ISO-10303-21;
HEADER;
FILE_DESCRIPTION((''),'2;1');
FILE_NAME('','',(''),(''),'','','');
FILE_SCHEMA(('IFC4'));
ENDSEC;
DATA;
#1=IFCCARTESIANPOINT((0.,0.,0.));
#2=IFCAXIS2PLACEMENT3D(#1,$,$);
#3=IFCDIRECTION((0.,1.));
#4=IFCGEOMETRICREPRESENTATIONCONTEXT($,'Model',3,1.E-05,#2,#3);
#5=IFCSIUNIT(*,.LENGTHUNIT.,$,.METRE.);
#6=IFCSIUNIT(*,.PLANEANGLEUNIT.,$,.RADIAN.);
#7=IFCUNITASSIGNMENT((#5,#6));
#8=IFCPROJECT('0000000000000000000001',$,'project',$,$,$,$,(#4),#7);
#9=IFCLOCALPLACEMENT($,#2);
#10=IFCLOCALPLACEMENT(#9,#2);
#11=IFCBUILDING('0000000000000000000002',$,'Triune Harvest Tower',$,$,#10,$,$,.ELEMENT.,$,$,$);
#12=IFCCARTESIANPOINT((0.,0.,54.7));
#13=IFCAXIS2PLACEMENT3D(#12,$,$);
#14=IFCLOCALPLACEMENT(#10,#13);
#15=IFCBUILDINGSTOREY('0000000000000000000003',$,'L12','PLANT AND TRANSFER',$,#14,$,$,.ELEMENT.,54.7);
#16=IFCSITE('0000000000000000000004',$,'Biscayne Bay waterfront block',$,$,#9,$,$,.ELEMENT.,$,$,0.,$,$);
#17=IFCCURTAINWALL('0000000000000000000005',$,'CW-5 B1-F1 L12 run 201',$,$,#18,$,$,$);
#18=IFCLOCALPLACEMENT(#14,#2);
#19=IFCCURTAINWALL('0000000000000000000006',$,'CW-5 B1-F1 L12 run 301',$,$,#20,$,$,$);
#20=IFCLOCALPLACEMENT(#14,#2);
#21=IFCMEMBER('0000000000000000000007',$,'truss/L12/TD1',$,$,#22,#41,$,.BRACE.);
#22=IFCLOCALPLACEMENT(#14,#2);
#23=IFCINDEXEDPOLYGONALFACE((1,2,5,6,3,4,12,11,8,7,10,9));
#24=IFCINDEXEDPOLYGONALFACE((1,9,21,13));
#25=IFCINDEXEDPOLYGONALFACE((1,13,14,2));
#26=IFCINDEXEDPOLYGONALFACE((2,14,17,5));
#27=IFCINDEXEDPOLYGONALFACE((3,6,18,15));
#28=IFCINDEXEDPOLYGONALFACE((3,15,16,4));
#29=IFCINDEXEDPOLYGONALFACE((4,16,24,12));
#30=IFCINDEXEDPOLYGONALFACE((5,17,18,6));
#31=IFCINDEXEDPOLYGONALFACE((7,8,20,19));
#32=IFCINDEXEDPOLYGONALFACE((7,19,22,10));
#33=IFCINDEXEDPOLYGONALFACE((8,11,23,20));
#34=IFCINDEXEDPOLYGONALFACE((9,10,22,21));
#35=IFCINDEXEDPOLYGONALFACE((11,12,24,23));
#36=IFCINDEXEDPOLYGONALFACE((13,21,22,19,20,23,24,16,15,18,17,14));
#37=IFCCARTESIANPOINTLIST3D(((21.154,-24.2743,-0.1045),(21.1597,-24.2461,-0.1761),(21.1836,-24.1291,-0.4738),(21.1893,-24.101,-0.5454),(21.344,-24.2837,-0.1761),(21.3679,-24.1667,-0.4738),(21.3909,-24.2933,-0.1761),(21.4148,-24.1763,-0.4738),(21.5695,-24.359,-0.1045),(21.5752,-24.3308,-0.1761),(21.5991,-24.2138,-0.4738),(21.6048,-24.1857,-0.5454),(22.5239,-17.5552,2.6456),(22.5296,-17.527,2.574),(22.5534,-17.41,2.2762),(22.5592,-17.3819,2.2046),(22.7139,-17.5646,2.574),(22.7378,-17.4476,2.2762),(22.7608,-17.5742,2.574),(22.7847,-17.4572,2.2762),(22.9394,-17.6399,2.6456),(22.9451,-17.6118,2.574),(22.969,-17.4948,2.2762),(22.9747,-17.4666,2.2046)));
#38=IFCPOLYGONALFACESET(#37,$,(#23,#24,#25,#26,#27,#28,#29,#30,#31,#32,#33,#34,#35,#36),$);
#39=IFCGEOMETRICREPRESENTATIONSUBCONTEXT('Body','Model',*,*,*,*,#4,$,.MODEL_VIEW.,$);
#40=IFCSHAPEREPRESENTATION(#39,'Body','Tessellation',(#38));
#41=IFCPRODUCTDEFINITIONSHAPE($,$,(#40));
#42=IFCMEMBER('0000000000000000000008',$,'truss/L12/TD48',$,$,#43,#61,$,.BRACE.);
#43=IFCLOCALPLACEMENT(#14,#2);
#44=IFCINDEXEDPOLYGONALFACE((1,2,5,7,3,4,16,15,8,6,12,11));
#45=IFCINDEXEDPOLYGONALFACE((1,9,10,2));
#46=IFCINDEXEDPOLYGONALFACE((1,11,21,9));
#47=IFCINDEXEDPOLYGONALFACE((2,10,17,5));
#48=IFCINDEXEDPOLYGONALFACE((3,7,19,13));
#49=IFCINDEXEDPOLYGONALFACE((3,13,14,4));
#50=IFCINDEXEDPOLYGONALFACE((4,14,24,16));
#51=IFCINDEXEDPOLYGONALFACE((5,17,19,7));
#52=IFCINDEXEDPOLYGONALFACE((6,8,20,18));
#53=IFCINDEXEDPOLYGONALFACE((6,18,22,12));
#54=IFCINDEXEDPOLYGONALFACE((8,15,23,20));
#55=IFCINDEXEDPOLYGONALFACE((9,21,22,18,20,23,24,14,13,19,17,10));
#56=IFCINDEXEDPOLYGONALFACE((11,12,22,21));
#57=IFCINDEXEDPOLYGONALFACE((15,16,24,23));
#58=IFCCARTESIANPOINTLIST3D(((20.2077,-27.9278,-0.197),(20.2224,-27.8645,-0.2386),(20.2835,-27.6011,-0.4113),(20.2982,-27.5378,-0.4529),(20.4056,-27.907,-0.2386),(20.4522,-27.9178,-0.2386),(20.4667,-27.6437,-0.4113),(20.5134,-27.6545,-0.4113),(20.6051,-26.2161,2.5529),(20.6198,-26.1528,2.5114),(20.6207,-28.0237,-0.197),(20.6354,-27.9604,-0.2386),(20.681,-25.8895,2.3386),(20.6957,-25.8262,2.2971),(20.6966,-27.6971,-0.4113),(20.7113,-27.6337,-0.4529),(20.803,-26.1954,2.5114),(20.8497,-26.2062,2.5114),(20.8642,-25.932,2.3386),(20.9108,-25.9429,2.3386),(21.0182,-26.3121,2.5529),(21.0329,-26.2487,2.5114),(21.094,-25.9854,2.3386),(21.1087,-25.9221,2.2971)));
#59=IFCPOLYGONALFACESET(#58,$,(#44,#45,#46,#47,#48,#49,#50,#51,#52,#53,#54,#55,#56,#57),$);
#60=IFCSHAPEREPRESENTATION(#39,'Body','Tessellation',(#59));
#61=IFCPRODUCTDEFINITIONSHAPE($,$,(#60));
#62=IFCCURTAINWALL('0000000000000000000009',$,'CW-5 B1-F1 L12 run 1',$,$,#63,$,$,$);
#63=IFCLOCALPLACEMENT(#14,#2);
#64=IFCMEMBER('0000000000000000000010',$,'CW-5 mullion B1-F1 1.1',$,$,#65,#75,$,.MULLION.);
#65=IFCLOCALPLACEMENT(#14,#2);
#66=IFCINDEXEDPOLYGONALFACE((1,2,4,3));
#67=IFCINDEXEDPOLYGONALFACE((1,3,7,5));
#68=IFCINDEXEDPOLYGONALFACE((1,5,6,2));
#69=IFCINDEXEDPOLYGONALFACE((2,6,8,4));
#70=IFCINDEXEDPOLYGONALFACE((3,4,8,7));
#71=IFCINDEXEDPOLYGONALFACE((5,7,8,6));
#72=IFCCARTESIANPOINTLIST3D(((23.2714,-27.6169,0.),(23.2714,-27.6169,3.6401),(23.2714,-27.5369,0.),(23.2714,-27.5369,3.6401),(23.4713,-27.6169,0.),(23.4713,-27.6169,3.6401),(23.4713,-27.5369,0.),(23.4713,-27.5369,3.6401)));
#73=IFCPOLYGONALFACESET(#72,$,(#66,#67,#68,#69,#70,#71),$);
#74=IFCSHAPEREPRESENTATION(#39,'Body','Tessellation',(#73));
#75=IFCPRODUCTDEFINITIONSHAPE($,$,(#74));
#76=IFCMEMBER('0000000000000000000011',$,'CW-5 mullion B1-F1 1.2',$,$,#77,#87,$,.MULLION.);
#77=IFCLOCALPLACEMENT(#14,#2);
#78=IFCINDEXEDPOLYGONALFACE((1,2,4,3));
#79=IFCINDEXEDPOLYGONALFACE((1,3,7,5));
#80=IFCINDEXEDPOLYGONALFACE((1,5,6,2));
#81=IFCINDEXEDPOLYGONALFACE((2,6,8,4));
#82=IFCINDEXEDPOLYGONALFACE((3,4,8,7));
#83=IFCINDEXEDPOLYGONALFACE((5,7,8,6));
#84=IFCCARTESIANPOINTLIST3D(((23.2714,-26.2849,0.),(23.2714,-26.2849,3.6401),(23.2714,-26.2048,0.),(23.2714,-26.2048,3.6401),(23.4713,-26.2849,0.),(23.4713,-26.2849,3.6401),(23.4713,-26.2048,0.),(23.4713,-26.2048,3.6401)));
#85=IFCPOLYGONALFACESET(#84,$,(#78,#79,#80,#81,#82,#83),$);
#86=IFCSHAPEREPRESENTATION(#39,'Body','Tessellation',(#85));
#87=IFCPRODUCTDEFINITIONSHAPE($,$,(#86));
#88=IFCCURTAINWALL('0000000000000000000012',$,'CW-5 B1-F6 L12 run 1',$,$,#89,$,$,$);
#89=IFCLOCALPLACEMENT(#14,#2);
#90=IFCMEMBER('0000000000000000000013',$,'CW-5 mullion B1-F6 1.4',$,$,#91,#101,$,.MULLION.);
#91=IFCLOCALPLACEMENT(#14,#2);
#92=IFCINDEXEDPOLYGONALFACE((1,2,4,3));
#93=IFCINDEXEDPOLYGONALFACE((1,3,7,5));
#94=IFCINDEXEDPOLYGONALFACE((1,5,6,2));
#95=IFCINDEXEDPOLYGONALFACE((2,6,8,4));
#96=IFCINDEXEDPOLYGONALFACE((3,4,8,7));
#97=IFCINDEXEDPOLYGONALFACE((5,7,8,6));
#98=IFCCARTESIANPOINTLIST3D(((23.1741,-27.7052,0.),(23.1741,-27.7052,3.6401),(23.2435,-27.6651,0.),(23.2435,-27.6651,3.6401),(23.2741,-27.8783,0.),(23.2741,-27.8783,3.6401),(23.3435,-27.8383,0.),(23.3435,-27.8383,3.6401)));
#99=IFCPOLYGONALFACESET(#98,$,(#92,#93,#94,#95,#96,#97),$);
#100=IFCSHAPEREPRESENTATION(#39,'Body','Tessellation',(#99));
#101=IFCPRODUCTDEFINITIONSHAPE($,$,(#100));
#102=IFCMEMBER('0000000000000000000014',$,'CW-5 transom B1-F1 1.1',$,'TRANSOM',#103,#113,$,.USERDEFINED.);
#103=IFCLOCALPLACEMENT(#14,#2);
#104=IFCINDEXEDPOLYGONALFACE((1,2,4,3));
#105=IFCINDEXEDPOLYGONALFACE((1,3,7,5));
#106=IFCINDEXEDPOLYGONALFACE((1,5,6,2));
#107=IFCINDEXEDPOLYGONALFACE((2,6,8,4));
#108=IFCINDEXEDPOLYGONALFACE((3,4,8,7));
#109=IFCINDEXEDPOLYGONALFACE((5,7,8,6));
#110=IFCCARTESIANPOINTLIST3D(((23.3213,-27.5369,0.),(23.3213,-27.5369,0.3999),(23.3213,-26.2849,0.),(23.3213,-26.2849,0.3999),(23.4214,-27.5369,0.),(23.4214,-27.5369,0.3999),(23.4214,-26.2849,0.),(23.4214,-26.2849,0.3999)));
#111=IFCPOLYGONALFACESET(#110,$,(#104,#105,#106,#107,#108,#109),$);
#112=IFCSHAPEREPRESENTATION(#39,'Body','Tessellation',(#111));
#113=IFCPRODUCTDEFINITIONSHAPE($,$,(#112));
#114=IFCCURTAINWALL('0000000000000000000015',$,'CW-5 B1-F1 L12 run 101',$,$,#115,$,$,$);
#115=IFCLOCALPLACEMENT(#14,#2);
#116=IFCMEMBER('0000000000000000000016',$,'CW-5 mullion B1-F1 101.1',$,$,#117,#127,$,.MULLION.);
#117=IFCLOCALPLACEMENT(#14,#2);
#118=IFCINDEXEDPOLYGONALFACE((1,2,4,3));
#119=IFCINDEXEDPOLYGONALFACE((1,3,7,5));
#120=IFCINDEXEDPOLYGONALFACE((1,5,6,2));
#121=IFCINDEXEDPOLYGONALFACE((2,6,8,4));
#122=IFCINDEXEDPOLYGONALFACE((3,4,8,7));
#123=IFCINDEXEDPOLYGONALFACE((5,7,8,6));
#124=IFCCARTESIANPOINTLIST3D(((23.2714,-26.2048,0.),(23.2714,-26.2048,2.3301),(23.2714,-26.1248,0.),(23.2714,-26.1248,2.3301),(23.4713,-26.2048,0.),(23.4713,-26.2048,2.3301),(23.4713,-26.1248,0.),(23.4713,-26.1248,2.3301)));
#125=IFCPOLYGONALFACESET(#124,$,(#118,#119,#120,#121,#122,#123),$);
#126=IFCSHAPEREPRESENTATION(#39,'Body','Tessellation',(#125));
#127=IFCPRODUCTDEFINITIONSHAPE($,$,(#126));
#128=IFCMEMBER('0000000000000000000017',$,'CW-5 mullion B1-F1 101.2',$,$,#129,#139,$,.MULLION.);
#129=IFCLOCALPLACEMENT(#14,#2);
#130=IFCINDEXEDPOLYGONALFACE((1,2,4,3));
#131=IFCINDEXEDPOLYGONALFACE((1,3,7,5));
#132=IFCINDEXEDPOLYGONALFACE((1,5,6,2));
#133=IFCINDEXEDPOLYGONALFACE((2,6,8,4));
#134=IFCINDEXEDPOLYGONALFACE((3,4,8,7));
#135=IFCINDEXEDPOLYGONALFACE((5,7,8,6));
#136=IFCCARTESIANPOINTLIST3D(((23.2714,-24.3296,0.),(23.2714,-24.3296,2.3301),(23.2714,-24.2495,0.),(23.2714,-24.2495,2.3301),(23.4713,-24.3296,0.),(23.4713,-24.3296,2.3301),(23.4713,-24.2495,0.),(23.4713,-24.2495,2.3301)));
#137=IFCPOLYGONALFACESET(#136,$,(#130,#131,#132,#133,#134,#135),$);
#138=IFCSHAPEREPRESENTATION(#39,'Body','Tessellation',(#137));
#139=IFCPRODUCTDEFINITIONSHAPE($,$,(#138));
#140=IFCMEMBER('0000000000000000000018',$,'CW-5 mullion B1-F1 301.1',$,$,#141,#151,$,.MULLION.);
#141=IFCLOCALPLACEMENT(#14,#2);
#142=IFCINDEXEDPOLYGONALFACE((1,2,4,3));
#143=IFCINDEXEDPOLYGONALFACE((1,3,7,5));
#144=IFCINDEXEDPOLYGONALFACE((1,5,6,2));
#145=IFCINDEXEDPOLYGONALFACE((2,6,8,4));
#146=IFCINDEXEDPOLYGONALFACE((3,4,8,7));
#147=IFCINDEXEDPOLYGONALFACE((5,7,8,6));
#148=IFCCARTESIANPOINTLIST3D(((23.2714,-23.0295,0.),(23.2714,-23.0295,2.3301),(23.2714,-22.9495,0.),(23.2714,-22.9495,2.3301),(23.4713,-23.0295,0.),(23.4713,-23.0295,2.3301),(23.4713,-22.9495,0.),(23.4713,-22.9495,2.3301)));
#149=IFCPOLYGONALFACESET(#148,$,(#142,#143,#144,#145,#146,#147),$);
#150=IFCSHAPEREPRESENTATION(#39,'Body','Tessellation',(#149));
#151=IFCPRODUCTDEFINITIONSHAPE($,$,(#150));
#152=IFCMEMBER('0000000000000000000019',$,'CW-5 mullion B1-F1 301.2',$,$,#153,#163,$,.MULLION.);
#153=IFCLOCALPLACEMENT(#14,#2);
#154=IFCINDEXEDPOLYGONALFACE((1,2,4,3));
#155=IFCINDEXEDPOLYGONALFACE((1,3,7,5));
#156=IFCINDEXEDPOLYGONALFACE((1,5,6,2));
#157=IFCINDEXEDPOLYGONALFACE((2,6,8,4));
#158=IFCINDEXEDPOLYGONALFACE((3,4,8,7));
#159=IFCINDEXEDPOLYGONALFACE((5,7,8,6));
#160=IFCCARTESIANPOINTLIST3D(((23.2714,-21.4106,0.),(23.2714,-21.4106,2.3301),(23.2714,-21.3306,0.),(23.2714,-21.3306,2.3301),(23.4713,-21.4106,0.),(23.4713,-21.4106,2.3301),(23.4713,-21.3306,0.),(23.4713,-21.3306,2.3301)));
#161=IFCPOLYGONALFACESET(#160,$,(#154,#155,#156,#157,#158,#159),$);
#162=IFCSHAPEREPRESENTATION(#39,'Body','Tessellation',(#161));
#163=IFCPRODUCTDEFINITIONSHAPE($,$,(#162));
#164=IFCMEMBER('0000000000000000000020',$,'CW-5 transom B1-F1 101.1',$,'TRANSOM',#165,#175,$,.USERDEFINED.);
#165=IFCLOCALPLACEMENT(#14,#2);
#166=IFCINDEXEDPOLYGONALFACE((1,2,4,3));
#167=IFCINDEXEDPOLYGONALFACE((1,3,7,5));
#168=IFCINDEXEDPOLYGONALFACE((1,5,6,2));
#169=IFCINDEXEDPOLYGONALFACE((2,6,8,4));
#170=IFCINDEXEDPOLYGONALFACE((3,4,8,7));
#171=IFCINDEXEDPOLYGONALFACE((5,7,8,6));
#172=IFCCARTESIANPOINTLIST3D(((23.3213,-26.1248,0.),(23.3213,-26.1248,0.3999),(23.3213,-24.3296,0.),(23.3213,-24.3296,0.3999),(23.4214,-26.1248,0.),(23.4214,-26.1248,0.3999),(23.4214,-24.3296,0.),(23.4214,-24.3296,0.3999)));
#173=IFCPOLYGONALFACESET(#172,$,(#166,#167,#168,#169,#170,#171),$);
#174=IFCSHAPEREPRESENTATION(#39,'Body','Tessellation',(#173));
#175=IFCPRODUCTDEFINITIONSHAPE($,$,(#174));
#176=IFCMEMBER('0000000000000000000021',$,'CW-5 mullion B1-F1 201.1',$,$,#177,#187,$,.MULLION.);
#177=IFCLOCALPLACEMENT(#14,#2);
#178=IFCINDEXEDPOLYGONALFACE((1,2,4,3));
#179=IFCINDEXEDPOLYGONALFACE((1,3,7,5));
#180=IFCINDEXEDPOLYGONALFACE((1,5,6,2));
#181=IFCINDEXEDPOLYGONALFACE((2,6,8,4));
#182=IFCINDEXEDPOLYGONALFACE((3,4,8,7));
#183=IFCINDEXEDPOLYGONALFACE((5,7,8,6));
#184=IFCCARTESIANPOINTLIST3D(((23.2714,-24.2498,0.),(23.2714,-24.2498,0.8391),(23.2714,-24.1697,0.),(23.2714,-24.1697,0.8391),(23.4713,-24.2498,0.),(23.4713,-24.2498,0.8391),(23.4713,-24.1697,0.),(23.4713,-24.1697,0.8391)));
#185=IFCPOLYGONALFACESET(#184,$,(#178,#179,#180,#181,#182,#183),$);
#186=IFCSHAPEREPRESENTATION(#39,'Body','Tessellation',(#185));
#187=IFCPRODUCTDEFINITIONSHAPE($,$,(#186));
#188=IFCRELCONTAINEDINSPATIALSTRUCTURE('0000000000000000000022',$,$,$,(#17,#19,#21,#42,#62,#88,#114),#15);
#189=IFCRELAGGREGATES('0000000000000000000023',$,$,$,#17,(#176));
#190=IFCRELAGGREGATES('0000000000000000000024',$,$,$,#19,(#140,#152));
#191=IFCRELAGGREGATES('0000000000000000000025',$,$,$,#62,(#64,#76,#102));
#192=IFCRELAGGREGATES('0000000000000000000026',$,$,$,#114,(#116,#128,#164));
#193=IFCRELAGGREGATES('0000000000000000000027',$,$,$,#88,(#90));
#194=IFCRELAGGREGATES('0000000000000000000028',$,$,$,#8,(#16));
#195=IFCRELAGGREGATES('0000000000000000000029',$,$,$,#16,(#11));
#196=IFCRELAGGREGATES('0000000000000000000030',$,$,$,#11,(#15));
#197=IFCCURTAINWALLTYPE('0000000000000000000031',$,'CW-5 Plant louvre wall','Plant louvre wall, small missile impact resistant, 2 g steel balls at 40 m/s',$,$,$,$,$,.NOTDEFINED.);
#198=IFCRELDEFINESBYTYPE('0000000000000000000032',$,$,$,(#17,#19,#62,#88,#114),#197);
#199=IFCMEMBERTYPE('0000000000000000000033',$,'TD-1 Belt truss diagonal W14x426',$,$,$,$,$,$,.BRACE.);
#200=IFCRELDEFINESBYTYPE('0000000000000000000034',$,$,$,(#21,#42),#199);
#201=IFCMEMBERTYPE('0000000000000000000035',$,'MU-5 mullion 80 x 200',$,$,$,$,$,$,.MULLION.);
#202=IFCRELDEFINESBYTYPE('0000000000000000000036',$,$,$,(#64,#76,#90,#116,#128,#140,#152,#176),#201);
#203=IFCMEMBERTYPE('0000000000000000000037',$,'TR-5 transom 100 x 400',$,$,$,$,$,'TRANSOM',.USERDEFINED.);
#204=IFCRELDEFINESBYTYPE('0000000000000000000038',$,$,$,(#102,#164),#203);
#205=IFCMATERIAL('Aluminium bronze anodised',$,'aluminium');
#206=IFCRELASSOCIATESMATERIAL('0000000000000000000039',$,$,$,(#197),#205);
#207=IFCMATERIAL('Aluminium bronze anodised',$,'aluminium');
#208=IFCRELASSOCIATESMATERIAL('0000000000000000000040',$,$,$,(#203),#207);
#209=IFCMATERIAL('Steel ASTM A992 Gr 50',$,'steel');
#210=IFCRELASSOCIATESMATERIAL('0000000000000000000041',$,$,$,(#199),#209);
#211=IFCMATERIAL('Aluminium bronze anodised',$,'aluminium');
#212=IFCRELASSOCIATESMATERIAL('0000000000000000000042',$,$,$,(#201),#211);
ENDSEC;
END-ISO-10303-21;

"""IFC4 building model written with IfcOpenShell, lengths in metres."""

from ifc_helpers import new_model, si_unit, direction, frame, origin, origin_2d, place, context, subcontext, project, spatial, rectangle, i_section, extrude, source, transform, mapped, material, material_profile, profile_set, type_object, element, aggregate, save


model = new_model("IFC4")

# Units and contexts
model_context = context("Model", 3, precision=1e-05, world=origin(), true_north=direction((0.0, 1.0)))
body_context = subcontext(model_context, "Body", "Model", "MODEL_VIEW")
ifc_project = project(units=[si_unit("LENGTHUNIT", "METRE"), si_unit("PLANEANGLEUNIT", "RADIAN")], contexts=[model_context])

# Site, building, storey
site_placement = place(None, origin())
site = spatial("IfcSite", under=ifc_project, at=site_placement, Name="Biscayne Bay waterfront block", CompositionType="ELEMENT", RefElevation=0.0)
building_placement = place(site_placement, origin())
building = spatial("IfcBuilding", under=site, at=building_placement, Name="Triune Harvest Tower", CompositionType="ELEMENT")
storey_placement = place(building_placement, frame((0.0, 0.0, 54.7)))
storey = spatial("IfcBuildingStorey", under=building, at=storey_placement, Name="L12", Description="PLANT AND TRANSFER", CompositionType="ELEMENT", Elevation=54.7)

# Curtain walls
ifc_material_1 = material(Name="Aluminium bronze anodised", Category="aluminium")
curtain_wall_type = type_object("IfcCurtainWallType", Name="CW-5 Plant louvre wall", Description="Plant louvre wall, small missile impact resistant, 2 g steel balls at 40 m/s", PredefinedType="NOTDEFINED", material=ifc_material_1)
curtain_wall_1_placement = place(storey_placement, origin())
curtain_wall_1 = element("IfcCurtainWall", 1, at=curtain_wall_1_placement, inside=storey, type_object=curtain_wall_type, Name="CW-5 B1-F1 L12 run 201")
ifc_material_2 = material(Name="Aluminium bronze anodised", Category="aluminium")
ifc_material_profile_1 = material_profile(ifc_material_2, rectangle(XDim=0.1001, YDim=0.3999, at=origin_2d()), Name="TR-5 transom 100 x 400")
ifc_profile_set_1 = profile_set([ifc_material_profile_1], Name="Aluminium bronze anodised")
member_type_1 = type_object("IfcMemberType", Name="TR-5 transom 100 x 400", ElementType="TRANSOM", PredefinedType="USERDEFINED", material=ifc_profile_set_1)
curtain_wall_2_placement = place(storey_placement, origin())
curtain_wall_2 = element("IfcCurtainWall", 2, at=curtain_wall_2_placement, inside=storey, type_object=curtain_wall_type, Name="CW-5 B1-F1 L12 run 301")

# Members
ifc_material_3 = material(Name="Steel ASTM A992 Gr 50", Category="steel")
ifc_material_profile_2 = material_profile(ifc_material_3, i_section(OverallWidth=0.4241, OverallDepth=0.4751, WebThickness=0.0479, FlangeThickness=0.0771, at=origin_2d()), Name="W14x426")
ifc_profile_set_2 = profile_set([ifc_material_profile_2], Name="Steel ASTM A992 Gr 50")
member_type_2 = type_object("IfcMemberType", Name="TD-1 Belt truss diagonal W14x426", PredefinedType="BRACE", material=ifc_profile_set_2)
shared_shape_1 = source(origin(), body_context, "Body", "SweptSolid", [
    extrude(i_section(OverallWidth=0.4241, OverallDepth=0.4751, WebThickness=0.0479, FlangeThickness=0.0771, at=origin_2d()), origin(), (0.0, 0.0, 1.0), 7.3882),
])
member_1_placement = place(storey_placement, frame((21.3794, -24.23, -0.325), z_axis=(0.185416, 0.909435, 0.37222), x_axis=(-0.979843, 0.199771, 0.0)))
element("IfcMember", 3, at=member_1_placement, inside=storey, type_object=member_type_2, Name="truss/L12/TD1", PredefinedType="BRACE", context=body_context, shape_type="MappedRepresentation", body=[
    mapped(shared_shape_1, transform((0.0, 0.0, 0.0), scale=1.0)),
])
shared_shape_2 = source(origin(), body_context, "Body", "SweptSolid", [
    extrude(i_section(OverallWidth=0.4241, OverallDepth=0.4751, WebThickness=0.0479, FlangeThickness=0.0771, at=origin_2d()), origin(), (0.0, 0.0, 1.0), 3.2634),
])
member_2_placement = place(storey_placement, frame((20.4595, -27.7808, -0.325), z_axis=(0.121791, 0.524493, 0.842659), x_axis=(-0.974084, 0.226189, 0.0)))
element("IfcMember", 4, at=member_2_placement, inside=storey, type_object=member_type_2, Name="truss/L12/TD48", PredefinedType="BRACE", context=body_context, shape_type="MappedRepresentation", body=[
    mapped(shared_shape_2, transform((0.0, 0.0, 0.0), scale=1.0)),
])

# Curtain wall, members
curtain_wall_3_placement = place(storey_placement, origin())
curtain_wall_3 = element("IfcCurtainWall", 5, at=curtain_wall_3_placement, inside=storey, type_object=curtain_wall_type, Name="CW-5 B1-F1 L12 run 1")
ifc_material_4 = material(Name="Aluminium bronze anodised", Category="aluminium")
ifc_material_profile_3 = material_profile(ifc_material_4, rectangle(XDim=0.2, YDim=0.0801, at=origin_2d()), Name="MU-5 mullion 80 x 200")
ifc_profile_set_3 = profile_set([ifc_material_profile_3], Name="Aluminium bronze anodised")
member_type_3 = type_object("IfcMemberType", Name="MU-5 mullion 80 x 200", PredefinedType="MULLION", material=ifc_profile_set_3)
shared_shape_3 = source(origin(), body_context, "Body", "SweptSolid", [
    extrude(rectangle(XDim=0.2, YDim=0.0801, at=origin_2d()), origin(), (0.0, 0.0, 1.0), 3.6401),
])
member_3_placement = place(storey_placement, frame((23.3713, -27.5769, 0.0), z_axis=(0.0, 0.0, 1.0), x_axis=(-1.0, 0.0, 0.0)))
member_3 = element("IfcMember", 6, at=member_3_placement, type_object=member_type_3, Name="CW-5 mullion B1-F1 1.1", PredefinedType="MULLION", context=body_context, shape_type="MappedRepresentation", body=[
    mapped(shared_shape_3, transform((0.0, 0.0, 0.0), scale=1.0)),
])
member_4_placement = place(storey_placement, frame((23.3713, -26.2449, 0.0), z_axis=(0.0, 0.0, 1.0), x_axis=(-1.0, 0.0, 0.0)))
member_4 = element("IfcMember", 7, at=member_4_placement, type_object=member_type_3, Name="CW-5 mullion B1-F1 1.2", PredefinedType="MULLION", context=body_context, shape_type="MappedRepresentation", body=[
    mapped(shared_shape_3, transform((0.0, 0.0, 0.0), scale=1.0)),
])

# Curtain wall, member
curtain_wall_4_placement = place(storey_placement, origin())
curtain_wall_4 = element("IfcCurtainWall", 8, at=curtain_wall_4_placement, inside=storey, type_object=curtain_wall_type, Name="CW-5 B1-F6 L12 run 1")
member_5_placement = place(storey_placement, frame((23.2588, -27.7717, 0.0), z_axis=(0.0, 0.0, 1.0), x_axis=(-0.499999, 0.866026, 0.0)))
member_5 = element("IfcMember", 9, at=member_5_placement, type_object=member_type_3, Name="CW-5 mullion B1-F6 1.4", PredefinedType="MULLION", context=body_context, shape_type="MappedRepresentation", body=[
    mapped(shared_shape_3, transform((0.0, 0.0, 0.0), scale=1.0)),
])

# Member
shared_shape_4 = source(origin(), body_context, "Body", "SweptSolid", [
    extrude(rectangle(XDim=0.1001, YDim=0.3999, at=origin_2d()), origin(), (0.0, 0.0, 1.0), 1.252),
])
member_6_placement = place(storey_placement, frame((23.3713, -27.5369, 0.2), z_axis=(0.0, 1.0, 0.0), x_axis=(-1.0, 0.0, 0.0)))
member_6 = element("IfcMember", 10, at=member_6_placement, type_object=member_type_1, Name="CW-5 transom B1-F1 1.1", ObjectType="TRANSOM", PredefinedType="USERDEFINED", context=body_context, shape_type="MappedRepresentation", body=[
    mapped(shared_shape_4, transform((0.0, 0.0, 0.0), scale=1.0)),
])

# Curtain wall, members
curtain_wall_5_placement = place(storey_placement, origin())
curtain_wall_5 = element("IfcCurtainWall", 11, at=curtain_wall_5_placement, inside=storey, type_object=curtain_wall_type, Name="CW-5 B1-F1 L12 run 101")
shared_shape_5 = source(origin(), body_context, "Body", "SweptSolid", [
    extrude(rectangle(XDim=0.2, YDim=0.0801, at=origin_2d()), origin(), (0.0, 0.0, 1.0), 2.3301),
])
member_7_placement = place(storey_placement, frame((23.3713, -26.1648, 0.0), z_axis=(0.0, 0.0, 1.0), x_axis=(-1.0, 0.0, 0.0)))
member_7 = element("IfcMember", 12, at=member_7_placement, type_object=member_type_3, Name="CW-5 mullion B1-F1 101.1", PredefinedType="MULLION", context=body_context, shape_type="MappedRepresentation", body=[
    mapped(shared_shape_5, transform((0.0, 0.0, 0.0), scale=1.0)),
])
member_8_placement = place(storey_placement, frame((23.3713, -24.2896, 0.0), z_axis=(0.0, 0.0, 1.0), x_axis=(-1.0, 0.0, 0.0)))
member_8 = element("IfcMember", 13, at=member_8_placement, type_object=member_type_3, Name="CW-5 mullion B1-F1 101.2", PredefinedType="MULLION", context=body_context, shape_type="MappedRepresentation", body=[
    mapped(shared_shape_5, transform((0.0, 0.0, 0.0), scale=1.0)),
])

# Members
member_9_placement = place(storey_placement, frame((23.3713, -22.9895, 0.0), z_axis=(0.0, 0.0, 1.0), x_axis=(-1.0, 0.0, 0.0)))
member_9 = element("IfcMember", 14, at=member_9_placement, type_object=member_type_3, Name="CW-5 mullion B1-F1 301.1", PredefinedType="MULLION", context=body_context, shape_type="MappedRepresentation", body=[
    mapped(shared_shape_5, transform((0.0, 0.0, 0.0), scale=1.0)),
])
member_10_placement = place(storey_placement, frame((23.3713, -21.3706, 0.0), z_axis=(0.0, 0.0, 1.0), x_axis=(-1.0, 0.0, 0.0)))
member_10 = element("IfcMember", 15, at=member_10_placement, type_object=member_type_3, Name="CW-5 mullion B1-F1 301.2", PredefinedType="MULLION", context=body_context, shape_type="MappedRepresentation", body=[
    mapped(shared_shape_5, transform((0.0, 0.0, 0.0), scale=1.0)),
])
shared_shape_6 = source(origin(), body_context, "Body", "SweptSolid", [
    extrude(rectangle(XDim=0.1001, YDim=0.3999, at=origin_2d()), origin(), (0.0, 0.0, 1.0), 1.7952),
])
member_11_placement = place(storey_placement, frame((23.3713, -26.1248, 0.2), z_axis=(0.0, 1.0, 0.0), x_axis=(-1.0, 0.0, 0.0)))
member_11 = element("IfcMember", 16, at=member_11_placement, type_object=member_type_1, Name="CW-5 transom B1-F1 101.1", ObjectType="TRANSOM", PredefinedType="USERDEFINED", context=body_context, shape_type="MappedRepresentation", body=[
    mapped(shared_shape_6, transform((0.0, 0.0, 0.0), scale=1.0)),
])
shared_shape_7 = source(origin(), body_context, "Body", "SweptSolid", [
    extrude(rectangle(XDim=0.2, YDim=0.0801, at=origin_2d()), origin(), (0.0, 0.0, 1.0), 0.8391),
])
member_12_placement = place(storey_placement, frame((23.3713, -24.2097, 0.0), z_axis=(0.0, 0.0, 1.0), x_axis=(-1.0, 0.0, 0.0)))
member_12 = element("IfcMember", 17, at=member_12_placement, type_object=member_type_3, Name="CW-5 mullion B1-F1 201.1", PredefinedType="MULLION", context=body_context, shape_type="MappedRepresentation", body=[
    mapped(shared_shape_7, transform((0.0, 0.0, 0.0), scale=1.0)),
])

aggregate(curtain_wall_1, [member_12])
aggregate(curtain_wall_2, [member_9, member_10])
aggregate(curtain_wall_3, [member_3, member_4, member_6])
aggregate(curtain_wall_5, [member_7, member_8, member_11])
aggregate(curtain_wall_4, [member_5])

save(model, "model.ifc")
